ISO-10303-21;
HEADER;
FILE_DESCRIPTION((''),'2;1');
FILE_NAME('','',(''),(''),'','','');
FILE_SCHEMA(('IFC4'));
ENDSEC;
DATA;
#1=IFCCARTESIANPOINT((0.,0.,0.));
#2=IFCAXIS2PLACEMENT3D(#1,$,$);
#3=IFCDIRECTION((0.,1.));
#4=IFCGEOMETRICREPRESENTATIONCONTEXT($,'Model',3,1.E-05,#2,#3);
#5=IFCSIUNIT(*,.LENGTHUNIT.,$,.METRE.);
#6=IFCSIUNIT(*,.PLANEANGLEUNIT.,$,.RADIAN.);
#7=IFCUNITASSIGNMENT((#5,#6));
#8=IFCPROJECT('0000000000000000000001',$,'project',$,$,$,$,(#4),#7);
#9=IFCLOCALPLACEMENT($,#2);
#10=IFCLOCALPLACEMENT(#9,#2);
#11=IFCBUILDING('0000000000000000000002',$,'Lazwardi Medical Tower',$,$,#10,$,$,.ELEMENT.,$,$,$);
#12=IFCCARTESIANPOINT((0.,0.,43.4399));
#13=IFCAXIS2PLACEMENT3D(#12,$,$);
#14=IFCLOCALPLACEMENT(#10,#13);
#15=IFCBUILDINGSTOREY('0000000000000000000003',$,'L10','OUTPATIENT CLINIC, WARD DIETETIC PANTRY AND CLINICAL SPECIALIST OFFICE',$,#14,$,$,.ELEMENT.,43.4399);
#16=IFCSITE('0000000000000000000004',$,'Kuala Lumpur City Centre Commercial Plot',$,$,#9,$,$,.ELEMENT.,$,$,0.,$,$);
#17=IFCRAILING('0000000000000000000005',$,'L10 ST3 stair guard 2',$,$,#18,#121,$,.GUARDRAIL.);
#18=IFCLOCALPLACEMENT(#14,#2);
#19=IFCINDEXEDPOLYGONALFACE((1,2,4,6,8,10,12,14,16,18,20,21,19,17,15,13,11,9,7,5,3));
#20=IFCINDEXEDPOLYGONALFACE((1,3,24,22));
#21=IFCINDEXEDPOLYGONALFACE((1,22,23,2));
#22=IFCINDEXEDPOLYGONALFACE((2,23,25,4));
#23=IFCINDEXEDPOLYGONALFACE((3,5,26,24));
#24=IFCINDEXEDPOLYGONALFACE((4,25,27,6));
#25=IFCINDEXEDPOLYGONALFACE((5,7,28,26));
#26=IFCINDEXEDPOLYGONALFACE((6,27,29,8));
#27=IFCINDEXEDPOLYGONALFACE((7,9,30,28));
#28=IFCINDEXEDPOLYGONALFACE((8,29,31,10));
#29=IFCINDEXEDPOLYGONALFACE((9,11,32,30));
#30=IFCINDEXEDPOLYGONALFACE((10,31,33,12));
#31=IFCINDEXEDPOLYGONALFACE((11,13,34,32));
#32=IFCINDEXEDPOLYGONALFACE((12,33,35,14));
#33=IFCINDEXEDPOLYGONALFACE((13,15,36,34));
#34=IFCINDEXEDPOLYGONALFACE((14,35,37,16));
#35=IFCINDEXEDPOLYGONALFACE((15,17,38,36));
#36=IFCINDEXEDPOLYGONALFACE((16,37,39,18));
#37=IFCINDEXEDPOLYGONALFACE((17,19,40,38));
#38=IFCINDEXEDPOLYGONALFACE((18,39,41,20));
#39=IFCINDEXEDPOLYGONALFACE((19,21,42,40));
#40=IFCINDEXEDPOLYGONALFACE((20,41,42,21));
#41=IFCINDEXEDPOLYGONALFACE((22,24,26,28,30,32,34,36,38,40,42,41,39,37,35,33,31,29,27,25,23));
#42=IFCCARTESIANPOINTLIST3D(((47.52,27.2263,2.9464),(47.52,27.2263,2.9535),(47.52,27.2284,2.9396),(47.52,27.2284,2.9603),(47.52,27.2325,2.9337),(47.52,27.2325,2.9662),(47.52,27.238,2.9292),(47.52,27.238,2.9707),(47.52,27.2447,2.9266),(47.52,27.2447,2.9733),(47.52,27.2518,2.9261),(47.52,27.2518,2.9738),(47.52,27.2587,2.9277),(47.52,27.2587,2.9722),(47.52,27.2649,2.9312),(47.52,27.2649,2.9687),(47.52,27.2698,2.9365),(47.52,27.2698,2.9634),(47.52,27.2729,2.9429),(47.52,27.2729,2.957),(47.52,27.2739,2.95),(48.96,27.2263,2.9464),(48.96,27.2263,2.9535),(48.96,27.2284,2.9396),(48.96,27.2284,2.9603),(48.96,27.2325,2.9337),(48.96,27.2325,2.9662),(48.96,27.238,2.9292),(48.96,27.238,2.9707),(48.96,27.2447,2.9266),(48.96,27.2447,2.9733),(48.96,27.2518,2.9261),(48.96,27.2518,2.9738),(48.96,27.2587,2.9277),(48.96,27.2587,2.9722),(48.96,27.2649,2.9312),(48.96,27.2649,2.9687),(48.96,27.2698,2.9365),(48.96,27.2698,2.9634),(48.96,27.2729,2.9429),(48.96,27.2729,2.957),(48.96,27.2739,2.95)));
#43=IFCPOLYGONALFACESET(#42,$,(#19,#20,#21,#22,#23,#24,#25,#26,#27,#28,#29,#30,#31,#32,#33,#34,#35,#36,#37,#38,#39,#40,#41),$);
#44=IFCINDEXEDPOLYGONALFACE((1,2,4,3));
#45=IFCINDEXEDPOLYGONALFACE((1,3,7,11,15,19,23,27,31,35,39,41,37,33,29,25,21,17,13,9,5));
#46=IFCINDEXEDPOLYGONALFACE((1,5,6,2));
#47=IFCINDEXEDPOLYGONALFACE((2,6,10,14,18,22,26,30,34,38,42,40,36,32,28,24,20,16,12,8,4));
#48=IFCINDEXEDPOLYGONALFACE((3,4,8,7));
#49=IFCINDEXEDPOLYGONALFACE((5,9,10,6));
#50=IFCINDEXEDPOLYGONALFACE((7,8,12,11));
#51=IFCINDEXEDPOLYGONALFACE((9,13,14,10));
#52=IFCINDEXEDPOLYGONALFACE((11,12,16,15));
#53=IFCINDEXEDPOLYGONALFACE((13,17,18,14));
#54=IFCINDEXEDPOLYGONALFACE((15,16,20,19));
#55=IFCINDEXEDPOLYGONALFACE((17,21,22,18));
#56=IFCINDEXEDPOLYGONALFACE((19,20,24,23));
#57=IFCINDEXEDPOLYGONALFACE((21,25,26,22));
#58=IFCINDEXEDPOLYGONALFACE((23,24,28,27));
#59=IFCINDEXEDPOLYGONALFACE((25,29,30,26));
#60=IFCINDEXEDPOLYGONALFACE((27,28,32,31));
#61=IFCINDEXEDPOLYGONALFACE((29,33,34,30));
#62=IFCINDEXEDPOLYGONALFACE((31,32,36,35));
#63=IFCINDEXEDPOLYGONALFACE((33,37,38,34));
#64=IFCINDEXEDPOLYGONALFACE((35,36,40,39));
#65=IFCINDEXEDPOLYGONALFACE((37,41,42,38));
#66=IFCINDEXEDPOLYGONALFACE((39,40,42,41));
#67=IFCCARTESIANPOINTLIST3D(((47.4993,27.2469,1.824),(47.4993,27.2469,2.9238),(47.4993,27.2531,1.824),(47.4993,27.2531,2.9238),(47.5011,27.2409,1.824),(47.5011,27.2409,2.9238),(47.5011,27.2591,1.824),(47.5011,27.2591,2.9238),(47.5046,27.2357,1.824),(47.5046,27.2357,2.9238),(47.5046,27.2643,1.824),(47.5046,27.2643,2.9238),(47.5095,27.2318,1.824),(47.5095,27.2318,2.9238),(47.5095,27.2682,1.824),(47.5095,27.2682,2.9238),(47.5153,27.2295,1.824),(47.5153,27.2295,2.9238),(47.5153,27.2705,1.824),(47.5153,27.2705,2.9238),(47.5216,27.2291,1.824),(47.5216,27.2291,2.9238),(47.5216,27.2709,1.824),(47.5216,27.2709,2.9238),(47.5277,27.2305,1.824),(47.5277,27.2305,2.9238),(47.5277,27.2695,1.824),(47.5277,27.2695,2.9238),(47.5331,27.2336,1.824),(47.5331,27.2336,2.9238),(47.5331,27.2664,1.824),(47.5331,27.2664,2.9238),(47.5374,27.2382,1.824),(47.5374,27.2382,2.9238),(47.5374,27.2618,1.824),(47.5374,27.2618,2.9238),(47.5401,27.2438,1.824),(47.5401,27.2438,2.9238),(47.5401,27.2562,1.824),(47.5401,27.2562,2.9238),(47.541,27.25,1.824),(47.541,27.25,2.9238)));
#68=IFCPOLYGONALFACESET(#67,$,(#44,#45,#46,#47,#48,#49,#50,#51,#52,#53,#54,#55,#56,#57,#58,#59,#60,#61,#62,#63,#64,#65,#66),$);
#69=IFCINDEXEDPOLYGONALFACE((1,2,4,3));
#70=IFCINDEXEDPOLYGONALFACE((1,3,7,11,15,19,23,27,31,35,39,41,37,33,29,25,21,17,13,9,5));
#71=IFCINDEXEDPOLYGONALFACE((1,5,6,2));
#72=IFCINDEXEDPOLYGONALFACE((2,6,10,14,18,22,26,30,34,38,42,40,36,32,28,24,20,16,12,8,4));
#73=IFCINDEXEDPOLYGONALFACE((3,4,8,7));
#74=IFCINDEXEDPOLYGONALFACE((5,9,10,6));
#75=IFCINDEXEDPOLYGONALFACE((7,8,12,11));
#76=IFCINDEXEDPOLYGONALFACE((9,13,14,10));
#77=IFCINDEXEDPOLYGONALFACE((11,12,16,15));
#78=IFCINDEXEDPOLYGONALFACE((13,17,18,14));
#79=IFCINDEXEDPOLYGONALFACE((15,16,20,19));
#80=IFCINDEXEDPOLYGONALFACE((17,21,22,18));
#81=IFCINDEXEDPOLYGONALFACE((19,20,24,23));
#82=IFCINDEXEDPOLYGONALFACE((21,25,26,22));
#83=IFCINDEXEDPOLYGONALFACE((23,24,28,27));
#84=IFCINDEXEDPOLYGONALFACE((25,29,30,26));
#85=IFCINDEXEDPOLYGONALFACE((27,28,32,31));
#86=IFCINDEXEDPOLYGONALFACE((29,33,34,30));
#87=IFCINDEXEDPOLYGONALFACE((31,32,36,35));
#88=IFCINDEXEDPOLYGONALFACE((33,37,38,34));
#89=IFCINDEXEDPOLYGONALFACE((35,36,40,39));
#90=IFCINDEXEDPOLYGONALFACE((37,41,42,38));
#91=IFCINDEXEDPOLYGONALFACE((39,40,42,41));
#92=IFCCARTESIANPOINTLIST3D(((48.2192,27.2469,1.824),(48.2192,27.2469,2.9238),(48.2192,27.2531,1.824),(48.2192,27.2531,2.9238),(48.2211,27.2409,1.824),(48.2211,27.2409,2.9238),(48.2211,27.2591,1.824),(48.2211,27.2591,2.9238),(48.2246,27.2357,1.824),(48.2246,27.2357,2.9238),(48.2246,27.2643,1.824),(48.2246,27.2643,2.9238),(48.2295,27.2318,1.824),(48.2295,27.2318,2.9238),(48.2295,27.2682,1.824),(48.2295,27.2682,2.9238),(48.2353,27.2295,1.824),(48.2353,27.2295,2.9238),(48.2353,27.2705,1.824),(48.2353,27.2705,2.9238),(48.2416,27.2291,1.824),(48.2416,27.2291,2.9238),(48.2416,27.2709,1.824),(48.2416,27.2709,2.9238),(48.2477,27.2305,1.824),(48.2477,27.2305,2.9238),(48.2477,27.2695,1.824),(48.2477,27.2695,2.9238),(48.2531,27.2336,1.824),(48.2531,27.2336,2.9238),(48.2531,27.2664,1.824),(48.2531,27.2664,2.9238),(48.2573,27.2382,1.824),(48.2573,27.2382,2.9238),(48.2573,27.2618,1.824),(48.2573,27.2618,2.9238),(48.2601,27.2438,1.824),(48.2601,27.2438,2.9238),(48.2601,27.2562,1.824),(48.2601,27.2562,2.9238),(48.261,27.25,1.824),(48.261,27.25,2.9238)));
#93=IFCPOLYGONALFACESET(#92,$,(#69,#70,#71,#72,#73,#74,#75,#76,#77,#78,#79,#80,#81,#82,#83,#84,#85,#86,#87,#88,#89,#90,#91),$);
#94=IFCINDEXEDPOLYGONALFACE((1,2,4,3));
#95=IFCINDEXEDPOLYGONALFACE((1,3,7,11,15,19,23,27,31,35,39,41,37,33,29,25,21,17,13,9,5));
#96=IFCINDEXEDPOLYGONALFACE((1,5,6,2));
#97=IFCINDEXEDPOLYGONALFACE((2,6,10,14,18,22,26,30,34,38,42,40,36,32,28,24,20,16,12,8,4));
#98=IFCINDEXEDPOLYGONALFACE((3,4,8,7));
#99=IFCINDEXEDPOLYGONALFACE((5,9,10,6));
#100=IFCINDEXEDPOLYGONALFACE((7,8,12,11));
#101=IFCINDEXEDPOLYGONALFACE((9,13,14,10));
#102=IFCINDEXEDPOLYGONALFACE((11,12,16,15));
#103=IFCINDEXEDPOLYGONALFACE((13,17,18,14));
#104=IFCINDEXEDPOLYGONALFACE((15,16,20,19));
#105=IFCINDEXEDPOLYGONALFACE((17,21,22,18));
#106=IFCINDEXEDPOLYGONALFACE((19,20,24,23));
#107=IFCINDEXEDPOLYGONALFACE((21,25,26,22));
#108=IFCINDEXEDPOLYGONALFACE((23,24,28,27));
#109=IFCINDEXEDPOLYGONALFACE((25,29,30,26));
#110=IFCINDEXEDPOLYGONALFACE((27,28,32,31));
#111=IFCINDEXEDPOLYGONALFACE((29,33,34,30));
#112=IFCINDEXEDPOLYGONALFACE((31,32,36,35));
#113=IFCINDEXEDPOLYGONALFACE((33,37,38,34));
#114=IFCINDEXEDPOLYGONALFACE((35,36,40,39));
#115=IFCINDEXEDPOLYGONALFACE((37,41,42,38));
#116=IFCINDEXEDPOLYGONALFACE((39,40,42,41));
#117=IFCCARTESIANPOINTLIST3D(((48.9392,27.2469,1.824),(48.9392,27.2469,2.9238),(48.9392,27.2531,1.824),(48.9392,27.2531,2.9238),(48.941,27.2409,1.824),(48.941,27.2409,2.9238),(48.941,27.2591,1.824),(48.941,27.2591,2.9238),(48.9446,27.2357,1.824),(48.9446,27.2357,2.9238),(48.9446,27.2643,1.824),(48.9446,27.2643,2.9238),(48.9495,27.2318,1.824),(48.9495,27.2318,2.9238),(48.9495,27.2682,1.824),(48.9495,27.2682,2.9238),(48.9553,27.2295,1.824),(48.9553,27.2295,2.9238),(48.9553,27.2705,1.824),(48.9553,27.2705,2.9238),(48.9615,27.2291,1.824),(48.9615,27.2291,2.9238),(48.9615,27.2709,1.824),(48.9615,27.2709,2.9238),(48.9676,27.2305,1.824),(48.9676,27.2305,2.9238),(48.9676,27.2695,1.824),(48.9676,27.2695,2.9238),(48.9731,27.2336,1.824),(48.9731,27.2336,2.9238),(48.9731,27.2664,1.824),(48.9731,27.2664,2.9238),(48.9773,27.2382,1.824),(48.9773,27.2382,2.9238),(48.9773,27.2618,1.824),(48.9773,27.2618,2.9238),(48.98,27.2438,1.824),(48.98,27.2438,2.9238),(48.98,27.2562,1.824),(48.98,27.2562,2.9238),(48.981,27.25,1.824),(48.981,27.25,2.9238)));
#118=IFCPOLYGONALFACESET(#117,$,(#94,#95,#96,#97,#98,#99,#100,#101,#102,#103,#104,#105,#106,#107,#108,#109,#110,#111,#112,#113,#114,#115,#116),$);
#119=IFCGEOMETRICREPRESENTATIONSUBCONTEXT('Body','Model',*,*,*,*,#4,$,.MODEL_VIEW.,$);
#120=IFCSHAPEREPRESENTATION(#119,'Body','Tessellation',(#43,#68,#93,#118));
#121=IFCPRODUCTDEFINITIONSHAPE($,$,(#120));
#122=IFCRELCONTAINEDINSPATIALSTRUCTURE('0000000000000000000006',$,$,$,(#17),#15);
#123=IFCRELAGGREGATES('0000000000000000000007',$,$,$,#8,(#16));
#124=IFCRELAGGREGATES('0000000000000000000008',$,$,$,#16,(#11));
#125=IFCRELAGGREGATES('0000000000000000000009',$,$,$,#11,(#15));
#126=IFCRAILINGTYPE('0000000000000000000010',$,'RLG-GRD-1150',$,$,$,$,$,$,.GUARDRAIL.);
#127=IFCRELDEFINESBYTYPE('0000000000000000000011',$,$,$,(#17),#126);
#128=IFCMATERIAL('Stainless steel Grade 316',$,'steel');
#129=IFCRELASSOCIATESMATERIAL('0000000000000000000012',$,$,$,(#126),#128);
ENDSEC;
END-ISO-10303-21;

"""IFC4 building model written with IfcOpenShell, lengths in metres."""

from ifc_helpers import new_model, si_unit, direction, frame, origin, origin_2d, place, context, subcontext, project, spatial, circle, extrude, material, type_object, element, save


model = new_model("IFC4")

# Units and contexts
model_context = context("Model", 3, precision=1e-05, world=origin(), true_north=direction((0.0, 1.0)))
body_context = subcontext(model_context, "Body", "Model", "MODEL_VIEW")
ifc_project = project(units=[si_unit("LENGTHUNIT", "METRE"), si_unit("PLANEANGLEUNIT", "RADIAN")], contexts=[model_context])

# Site, building, storey
site_placement = place(None, origin())
site = spatial("IfcSite", under=ifc_project, at=site_placement, Name="Kuala Lumpur City Centre Commercial Plot", CompositionType="ELEMENT", RefElevation=0.0)
building_placement = place(site_placement, origin())
building = spatial("IfcBuilding", under=site, at=building_placement, Name="Lazwardi Medical Tower", CompositionType="ELEMENT")
storey_placement = place(building_placement, frame((0.0, 0.0, 43.4399)))
storey = spatial("IfcBuildingStorey", under=building, at=storey_placement, Name="L10", Description="OUTPATIENT CLINIC, WARD DIETETIC PANTRY AND CLINICAL SPECIALIST OFFICE", CompositionType="ELEMENT", Elevation=43.4399)

# Railing
ifc_material_1 = material(Name="Stainless steel Grade 316", Category="steel")
railing_type = type_object("IfcRailingType", Name="RLG-GRD-1150", PredefinedType="GUARDRAIL", material=ifc_material_1)
railing_placement = place(storey_placement, frame((47.52, 27.25, 1.824)))
element("IfcRailing", 1, at=railing_placement, inside=storey, type_object=railing_type, Name="L10 ST3 stair guard 2", PredefinedType="GUARDRAIL", context=body_context, shape_type="SweptSolid", body=[
    extrude(circle(Radius=0.0239, at=origin_2d()), frame((0.0, 0.0, 1.126), z_axis=(1.0, 0.0, 0.0), x_axis=(0.0, 1.0, 0.0)), (0.0, 0.0, 1.0), 1.4399),
    extrude(circle(Radius=0.021, at=origin_2d()), origin(), (0.0, 0.0, 1.0), 1.0999),
    extrude(circle(Radius=0.021, at=origin_2d()), frame((0.72, 0.0, 0.0)), (0.0, 0.0, 1.0), 1.0999),
    extrude(circle(Radius=0.021, at=origin_2d()), frame((1.4399, 0.0, 0.0)), (0.0, 0.0, 1.0), 1.0999),
])

save(model, "model.ifc")
